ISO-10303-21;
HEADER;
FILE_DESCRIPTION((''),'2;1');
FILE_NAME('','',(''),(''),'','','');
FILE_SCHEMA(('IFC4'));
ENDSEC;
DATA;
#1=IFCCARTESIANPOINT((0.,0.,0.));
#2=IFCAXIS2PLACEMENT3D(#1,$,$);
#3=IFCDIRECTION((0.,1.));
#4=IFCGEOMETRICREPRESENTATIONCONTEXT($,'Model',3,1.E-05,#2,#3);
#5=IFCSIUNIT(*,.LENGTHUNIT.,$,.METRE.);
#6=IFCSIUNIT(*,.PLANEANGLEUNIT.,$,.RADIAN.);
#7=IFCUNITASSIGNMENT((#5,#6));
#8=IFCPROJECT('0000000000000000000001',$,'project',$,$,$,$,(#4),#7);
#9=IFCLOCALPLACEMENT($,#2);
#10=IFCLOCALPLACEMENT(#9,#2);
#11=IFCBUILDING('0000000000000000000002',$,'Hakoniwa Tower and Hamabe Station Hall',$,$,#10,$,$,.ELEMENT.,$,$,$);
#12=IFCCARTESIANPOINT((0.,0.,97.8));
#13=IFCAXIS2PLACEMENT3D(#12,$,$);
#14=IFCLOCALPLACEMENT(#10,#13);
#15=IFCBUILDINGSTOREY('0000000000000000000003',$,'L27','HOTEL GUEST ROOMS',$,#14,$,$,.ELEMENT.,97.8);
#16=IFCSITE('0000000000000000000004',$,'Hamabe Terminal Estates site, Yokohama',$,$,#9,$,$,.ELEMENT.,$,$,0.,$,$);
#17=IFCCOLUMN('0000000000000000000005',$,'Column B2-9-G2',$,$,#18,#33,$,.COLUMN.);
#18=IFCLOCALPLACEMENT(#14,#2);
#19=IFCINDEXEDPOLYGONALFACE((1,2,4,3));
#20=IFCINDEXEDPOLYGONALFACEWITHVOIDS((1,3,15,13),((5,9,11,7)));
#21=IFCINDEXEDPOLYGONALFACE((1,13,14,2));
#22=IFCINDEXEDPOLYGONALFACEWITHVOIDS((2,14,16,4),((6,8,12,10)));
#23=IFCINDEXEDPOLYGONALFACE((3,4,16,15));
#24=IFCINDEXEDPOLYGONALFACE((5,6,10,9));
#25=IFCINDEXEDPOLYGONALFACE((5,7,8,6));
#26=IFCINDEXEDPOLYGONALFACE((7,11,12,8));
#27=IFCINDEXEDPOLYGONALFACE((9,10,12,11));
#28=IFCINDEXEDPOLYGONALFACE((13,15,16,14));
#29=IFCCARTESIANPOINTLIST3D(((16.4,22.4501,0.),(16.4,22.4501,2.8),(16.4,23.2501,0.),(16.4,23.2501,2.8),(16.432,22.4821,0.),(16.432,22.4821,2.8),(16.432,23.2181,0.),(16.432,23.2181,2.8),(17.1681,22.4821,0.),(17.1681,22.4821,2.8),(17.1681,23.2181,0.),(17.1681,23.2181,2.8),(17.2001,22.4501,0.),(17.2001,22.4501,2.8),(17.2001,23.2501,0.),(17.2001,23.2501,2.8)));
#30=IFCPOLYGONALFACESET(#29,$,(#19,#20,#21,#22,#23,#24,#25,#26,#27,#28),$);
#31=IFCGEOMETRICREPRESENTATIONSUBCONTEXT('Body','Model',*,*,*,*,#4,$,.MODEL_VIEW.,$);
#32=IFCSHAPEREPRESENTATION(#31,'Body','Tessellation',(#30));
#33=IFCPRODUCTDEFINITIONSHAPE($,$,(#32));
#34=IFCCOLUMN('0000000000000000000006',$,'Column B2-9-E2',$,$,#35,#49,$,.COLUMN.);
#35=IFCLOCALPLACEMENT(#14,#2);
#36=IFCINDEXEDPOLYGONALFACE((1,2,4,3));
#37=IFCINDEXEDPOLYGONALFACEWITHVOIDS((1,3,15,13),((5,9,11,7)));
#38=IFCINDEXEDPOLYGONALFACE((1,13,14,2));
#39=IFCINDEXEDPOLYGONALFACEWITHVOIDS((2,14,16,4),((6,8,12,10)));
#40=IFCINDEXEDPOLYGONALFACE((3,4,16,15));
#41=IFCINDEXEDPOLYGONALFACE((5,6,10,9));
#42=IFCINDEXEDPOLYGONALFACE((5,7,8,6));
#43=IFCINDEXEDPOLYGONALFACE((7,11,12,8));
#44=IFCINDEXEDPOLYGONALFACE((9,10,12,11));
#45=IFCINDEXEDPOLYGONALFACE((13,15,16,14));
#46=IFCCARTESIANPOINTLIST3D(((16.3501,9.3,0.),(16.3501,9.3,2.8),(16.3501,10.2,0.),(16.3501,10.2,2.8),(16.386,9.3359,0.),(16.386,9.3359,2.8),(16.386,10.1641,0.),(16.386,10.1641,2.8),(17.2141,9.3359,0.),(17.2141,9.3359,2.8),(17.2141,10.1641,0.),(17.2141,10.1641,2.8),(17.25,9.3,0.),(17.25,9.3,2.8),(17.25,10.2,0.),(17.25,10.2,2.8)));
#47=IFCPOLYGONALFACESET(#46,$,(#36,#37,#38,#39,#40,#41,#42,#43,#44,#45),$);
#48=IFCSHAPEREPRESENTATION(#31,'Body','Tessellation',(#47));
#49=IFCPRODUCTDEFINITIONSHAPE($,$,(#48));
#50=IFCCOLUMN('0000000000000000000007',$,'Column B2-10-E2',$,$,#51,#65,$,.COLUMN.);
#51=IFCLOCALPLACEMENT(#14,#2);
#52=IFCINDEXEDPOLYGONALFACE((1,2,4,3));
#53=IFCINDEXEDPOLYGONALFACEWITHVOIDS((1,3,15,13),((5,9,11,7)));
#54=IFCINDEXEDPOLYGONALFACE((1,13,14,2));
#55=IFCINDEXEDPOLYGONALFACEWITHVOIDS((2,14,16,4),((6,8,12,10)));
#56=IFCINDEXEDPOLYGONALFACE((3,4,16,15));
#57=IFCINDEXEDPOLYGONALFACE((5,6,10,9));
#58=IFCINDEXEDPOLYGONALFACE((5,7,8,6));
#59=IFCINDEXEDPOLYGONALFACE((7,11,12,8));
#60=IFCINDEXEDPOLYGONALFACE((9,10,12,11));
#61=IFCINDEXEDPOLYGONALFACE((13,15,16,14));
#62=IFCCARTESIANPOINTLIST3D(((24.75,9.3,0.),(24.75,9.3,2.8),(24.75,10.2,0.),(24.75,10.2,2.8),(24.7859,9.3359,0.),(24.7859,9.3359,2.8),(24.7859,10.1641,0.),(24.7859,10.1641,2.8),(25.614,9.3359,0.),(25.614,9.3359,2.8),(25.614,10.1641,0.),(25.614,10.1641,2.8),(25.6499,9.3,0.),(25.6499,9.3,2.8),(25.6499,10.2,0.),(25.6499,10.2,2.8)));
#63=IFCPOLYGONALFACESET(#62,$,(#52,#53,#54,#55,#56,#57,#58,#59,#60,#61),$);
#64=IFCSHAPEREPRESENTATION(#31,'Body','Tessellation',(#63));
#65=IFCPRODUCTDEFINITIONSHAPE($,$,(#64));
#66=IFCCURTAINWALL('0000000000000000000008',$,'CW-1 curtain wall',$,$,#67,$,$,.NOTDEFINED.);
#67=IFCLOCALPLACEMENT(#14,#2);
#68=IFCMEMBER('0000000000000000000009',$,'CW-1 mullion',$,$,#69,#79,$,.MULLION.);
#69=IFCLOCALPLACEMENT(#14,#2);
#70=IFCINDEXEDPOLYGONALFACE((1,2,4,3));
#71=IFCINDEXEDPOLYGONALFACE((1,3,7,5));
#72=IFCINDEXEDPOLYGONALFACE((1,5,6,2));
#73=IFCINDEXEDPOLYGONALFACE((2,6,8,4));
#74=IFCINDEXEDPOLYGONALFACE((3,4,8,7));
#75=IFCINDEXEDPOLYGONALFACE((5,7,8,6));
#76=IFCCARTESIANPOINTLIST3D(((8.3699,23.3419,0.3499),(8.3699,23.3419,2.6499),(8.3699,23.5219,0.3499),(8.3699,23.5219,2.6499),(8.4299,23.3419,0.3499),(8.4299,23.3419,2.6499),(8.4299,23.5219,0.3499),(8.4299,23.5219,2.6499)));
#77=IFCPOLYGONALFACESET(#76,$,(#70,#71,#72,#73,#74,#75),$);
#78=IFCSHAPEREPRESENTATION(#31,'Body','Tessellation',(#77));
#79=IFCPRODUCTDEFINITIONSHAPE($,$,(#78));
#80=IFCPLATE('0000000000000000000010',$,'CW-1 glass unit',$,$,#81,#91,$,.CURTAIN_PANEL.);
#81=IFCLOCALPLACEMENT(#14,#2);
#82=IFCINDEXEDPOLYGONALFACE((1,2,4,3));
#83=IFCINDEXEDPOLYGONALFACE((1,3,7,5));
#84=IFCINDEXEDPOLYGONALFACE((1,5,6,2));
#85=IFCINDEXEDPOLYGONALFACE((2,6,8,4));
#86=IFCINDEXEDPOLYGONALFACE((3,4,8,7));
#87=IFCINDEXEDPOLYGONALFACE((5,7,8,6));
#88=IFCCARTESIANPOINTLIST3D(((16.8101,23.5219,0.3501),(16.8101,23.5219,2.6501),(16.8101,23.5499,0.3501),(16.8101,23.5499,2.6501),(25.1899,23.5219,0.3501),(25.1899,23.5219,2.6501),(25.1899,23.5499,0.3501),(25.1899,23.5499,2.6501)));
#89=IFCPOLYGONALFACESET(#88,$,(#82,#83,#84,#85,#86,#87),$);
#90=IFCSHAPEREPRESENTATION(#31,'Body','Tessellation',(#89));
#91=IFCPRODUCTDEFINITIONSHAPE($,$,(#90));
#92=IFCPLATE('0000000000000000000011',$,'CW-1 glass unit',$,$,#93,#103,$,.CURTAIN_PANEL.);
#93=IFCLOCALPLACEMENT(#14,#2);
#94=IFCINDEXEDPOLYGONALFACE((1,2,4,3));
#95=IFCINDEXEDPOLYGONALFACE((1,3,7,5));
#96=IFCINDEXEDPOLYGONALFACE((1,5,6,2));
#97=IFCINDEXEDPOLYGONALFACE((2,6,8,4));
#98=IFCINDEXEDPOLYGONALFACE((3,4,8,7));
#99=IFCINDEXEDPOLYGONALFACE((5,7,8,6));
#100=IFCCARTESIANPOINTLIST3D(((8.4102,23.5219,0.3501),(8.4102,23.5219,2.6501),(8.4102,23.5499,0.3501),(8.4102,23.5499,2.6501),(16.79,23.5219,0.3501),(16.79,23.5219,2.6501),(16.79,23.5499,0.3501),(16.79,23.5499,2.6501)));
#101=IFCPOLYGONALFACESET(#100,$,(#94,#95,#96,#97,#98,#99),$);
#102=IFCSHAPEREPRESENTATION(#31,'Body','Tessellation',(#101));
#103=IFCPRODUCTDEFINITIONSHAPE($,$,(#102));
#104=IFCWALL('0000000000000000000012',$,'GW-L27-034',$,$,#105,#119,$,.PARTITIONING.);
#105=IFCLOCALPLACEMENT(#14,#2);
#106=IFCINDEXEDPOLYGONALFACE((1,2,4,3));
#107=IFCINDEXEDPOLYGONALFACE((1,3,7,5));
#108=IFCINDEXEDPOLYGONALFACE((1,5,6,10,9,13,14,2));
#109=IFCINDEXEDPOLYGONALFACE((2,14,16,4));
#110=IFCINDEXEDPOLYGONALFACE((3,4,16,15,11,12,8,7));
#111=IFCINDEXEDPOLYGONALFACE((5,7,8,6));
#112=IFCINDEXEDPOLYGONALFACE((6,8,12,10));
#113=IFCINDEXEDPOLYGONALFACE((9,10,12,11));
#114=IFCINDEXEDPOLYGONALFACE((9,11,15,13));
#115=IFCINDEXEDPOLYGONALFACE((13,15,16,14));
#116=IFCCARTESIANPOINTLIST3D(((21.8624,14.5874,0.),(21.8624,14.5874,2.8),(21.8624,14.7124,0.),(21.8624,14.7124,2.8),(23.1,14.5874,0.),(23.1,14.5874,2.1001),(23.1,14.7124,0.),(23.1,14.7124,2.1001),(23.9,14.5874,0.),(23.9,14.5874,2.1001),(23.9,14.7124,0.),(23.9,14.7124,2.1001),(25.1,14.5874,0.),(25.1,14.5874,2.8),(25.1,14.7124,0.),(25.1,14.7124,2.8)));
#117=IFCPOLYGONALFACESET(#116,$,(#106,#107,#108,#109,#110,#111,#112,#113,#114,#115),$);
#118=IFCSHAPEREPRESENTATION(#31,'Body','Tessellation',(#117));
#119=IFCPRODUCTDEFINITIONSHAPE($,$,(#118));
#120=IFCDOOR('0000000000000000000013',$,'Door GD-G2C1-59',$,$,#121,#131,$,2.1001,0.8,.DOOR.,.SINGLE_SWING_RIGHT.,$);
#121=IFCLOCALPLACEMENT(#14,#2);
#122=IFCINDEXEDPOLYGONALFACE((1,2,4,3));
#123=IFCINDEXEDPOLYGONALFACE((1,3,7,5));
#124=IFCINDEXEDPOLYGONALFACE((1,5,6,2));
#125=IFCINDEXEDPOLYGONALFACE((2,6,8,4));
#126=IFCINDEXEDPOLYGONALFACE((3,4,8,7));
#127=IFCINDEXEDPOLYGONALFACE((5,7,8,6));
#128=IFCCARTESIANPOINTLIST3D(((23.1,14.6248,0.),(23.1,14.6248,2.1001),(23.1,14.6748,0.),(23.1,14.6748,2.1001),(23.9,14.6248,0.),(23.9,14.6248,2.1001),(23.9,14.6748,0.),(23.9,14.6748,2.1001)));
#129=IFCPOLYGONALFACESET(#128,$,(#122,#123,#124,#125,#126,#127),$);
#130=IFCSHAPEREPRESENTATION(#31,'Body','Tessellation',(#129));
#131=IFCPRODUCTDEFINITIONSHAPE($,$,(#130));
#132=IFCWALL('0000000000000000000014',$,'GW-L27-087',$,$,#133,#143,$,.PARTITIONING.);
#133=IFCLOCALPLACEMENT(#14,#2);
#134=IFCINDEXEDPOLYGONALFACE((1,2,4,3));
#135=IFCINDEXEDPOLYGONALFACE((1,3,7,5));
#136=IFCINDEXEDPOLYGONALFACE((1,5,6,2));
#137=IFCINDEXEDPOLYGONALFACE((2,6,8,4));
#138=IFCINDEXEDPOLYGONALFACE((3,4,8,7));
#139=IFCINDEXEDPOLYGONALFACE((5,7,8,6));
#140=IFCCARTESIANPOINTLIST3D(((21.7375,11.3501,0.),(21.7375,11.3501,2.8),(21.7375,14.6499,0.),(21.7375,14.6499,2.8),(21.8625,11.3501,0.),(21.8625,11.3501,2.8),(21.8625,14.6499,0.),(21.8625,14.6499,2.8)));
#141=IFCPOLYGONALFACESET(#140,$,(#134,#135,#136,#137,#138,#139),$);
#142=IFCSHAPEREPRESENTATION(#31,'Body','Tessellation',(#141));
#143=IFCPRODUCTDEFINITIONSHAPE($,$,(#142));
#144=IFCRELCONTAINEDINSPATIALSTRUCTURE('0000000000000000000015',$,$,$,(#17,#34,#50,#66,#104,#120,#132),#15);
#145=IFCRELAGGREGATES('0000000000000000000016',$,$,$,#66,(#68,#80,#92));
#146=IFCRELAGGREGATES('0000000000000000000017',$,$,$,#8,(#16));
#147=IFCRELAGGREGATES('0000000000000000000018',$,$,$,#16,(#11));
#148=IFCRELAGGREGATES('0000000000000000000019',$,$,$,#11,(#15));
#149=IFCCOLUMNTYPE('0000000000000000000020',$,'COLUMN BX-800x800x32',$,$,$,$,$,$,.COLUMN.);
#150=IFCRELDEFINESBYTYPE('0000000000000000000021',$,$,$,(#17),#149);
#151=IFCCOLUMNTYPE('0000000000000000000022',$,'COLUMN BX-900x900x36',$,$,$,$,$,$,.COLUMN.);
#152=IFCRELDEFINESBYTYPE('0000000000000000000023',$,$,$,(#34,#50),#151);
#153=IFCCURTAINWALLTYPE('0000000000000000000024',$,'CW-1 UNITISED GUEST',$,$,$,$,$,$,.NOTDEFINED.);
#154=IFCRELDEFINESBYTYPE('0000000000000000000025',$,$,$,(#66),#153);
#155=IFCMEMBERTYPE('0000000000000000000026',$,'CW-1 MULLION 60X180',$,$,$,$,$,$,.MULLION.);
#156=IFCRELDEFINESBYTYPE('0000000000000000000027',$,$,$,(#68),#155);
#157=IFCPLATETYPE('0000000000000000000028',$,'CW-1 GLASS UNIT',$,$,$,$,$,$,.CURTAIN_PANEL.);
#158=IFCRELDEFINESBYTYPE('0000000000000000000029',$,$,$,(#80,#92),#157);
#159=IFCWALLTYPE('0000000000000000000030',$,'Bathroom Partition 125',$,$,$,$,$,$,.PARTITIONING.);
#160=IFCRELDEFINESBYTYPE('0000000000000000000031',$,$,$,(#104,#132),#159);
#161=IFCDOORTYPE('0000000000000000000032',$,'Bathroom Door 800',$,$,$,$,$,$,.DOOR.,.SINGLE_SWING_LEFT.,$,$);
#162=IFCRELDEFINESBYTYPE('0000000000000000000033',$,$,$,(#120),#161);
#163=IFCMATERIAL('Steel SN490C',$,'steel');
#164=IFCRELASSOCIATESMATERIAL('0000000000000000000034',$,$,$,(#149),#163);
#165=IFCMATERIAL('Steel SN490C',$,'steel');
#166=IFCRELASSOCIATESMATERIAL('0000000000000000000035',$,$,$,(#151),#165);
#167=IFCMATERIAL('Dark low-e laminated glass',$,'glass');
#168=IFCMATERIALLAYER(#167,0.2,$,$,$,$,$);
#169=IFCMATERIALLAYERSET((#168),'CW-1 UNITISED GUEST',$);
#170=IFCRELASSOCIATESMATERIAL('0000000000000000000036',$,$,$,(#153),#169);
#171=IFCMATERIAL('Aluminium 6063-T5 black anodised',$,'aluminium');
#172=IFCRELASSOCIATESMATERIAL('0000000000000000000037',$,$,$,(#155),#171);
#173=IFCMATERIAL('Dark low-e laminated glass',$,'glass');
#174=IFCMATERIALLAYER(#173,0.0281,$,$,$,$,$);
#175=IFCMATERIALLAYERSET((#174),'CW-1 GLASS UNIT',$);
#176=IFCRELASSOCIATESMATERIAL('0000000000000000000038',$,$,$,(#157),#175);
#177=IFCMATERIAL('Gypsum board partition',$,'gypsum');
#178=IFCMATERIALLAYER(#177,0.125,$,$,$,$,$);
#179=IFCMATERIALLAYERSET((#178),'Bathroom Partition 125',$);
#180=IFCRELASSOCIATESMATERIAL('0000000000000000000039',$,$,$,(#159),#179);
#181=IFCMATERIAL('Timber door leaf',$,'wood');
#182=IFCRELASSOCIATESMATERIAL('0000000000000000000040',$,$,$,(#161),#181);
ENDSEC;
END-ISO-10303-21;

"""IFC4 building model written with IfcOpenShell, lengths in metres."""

from ifc_helpers import new_model, si_unit, direction, frame, frame_2d, origin, origin_2d, place, context, subcontext, project, spatial, rectangle, hollow_rectangle, extrude, material, layer, layer_set, material_profile, profile_set, type_object, element, fill, aggregate, save


model = new_model("IFC4")

# Units and contexts
model_context = context("Model", 3, precision=1e-05, world=origin(), true_north=direction((0.0, 1.0)))
body_context = subcontext(model_context, "Body", "Model", "MODEL_VIEW")
ifc_project = project(units=[si_unit("LENGTHUNIT", "METRE"), si_unit("PLANEANGLEUNIT", "RADIAN")], contexts=[model_context])

# Site, building, storey
site_placement = place(None, origin())
site = spatial("IfcSite", under=ifc_project, at=site_placement, Name="Hamabe Terminal Estates site, Yokohama", CompositionType="ELEMENT", RefElevation=0.0)
building_placement = place(site_placement, origin())
building = spatial("IfcBuilding", under=site, at=building_placement, Name="Hakoniwa Tower and Hamabe Station Hall", CompositionType="ELEMENT")
storey_placement = place(building_placement, frame((0.0, 0.0, 97.8)))
storey = spatial("IfcBuildingStorey", under=building, at=storey_placement, Name="L27", Description="HOTEL GUEST ROOMS", CompositionType="ELEMENT", Elevation=97.8)

# Columns
ifc_material_1 = material(Name="Steel SN490C", Category="steel")
ifc_material_profile_1 = material_profile(ifc_material_1, hollow_rectangle(XDim=0.8, YDim=0.8, WallThickness=0.032, at=origin_2d()), Name="BX-800x800x32")
ifc_profile_set_1 = profile_set([ifc_material_profile_1], Name="Steel SN490C")
column_type_1 = type_object("IfcColumnType", Name="COLUMN BX-800x800x32", PredefinedType="COLUMN", material=ifc_profile_set_1)
column_placement = place(storey_placement, frame((16.8, 22.8501, 0.0), z_axis=(0.0, 0.0, 1.0), x_axis=(1.0, 0.0, 0.0)))
element("IfcColumn", 1, at=column_placement, inside=storey, type_object=column_type_1, Name="Column B2-9-G2", PredefinedType="COLUMN", context=body_context, shape_type="SweptSolid", body=[
    extrude(hollow_rectangle(XDim=0.8, YDim=0.8, WallThickness=0.032, at=origin_2d()), origin(), (0.0, 0.0, 1.0), 2.8),
])
ifc_material_2 = material(Name="Steel SN490C", Category="steel")
ifc_material_profile_2 = material_profile(ifc_material_2, hollow_rectangle(XDim=0.8999, YDim=0.8999, WallThickness=0.0359, at=origin_2d()), Name="BX-900x900x36")
ifc_profile_set_2 = profile_set([ifc_material_profile_2], Name="Steel SN490C")
column_type_2 = type_object("IfcColumnType", Name="COLUMN BX-900x900x36", PredefinedType="COLUMN", material=ifc_profile_set_2)
for number, where, z_axis, x_axis, name in (
    (2, (16.8, 9.75, 0.0), (0.0, 0.0, 1.0), (1.0, 0.0, 0.0), "Column B2-9-E2"),
    (3, (25.2, 9.75, 0.0), (0.0, 0.0, 1.0), (1.0, 0.0, 0.0), "Column B2-10-E2"),
):
    element("IfcColumn", number, at=place(storey_placement, frame(where, z_axis=z_axis, x_axis=x_axis)), inside=storey, type_object=column_type_2, Name=name, PredefinedType="COLUMN", context=body_context, shape_type="SweptSolid", body=[
        extrude(hollow_rectangle(XDim=0.8999, YDim=0.8999, WallThickness=0.0359, at=origin_2d()), origin(), (0.0, 0.0, 1.0), 2.8),
    ])

# Curtain wall, member, plates
ifc_material_3 = material(Name="Dark low-e laminated glass", Category="glass")
ifc_layer_1 = layer(ifc_material_3, 0.2)
ifc_layer_set_1 = layer_set([ifc_layer_1], Name="CW-1 UNITISED GUEST")
curtain_wall_type = type_object("IfcCurtainWallType", Name="CW-1 UNITISED GUEST", PredefinedType="NOTDEFINED", material=ifc_layer_set_1)
curtain_wall_placement = place(storey_placement, origin())
curtain_wall = element("IfcCurtainWall", 4, at=curtain_wall_placement, inside=storey, type_object=curtain_wall_type, Name="CW-1 curtain wall", PredefinedType="NOTDEFINED")
ifc_material_4 = material(Name="Aluminium 6063-T5 black anodised", Category="aluminium")
ifc_material_profile_3 = material_profile(ifc_material_4, rectangle(XDim=0.0601, YDim=0.1799, at=origin_2d()), Name="CW-1 MULLION 60X180")
ifc_profile_set_3 = profile_set([ifc_material_profile_3], Name="Aluminium 6063-T5 black anodised")
member_type = type_object("IfcMemberType", Name="CW-1 MULLION 60X180", PredefinedType="MULLION", material=ifc_profile_set_3)
member_placement = place(storey_placement, frame((8.3999, 23.4319, 0.3499), z_axis=(0.0, 0.0, 1.0), x_axis=(-1.0, 0.0, 0.0)))
member = element("IfcMember", 5, at=member_placement, type_object=member_type, Name="CW-1 mullion", PredefinedType="MULLION", context=body_context, shape_type="SweptSolid", body=[
    extrude(rectangle(XDim=0.0601, YDim=0.1799, at=origin_2d()), origin(), (0.0, 0.0, 1.0), 2.3),
])
ifc_material_5 = material(Name="Dark low-e laminated glass", Category="glass")
ifc_layer_2 = layer(ifc_material_5, 0.0281)
ifc_layer_set_2 = layer_set([ifc_layer_2], Name="CW-1 GLASS UNIT")
plate_type = type_object("IfcPlateType", Name="CW-1 GLASS UNIT", PredefinedType="CURTAIN_PANEL", material=ifc_layer_set_2)
plate_1_placement = place(storey_placement, frame((21.0, 23.5359, 0.3501), z_axis=(0.0, 0.0, 1.0), x_axis=(-1.0, 0.0, 0.0)))
plate_1 = element("IfcPlate", 6, at=plate_1_placement, type_object=plate_type, Name="CW-1 glass unit", PredefinedType="CURTAIN_PANEL", context=body_context, shape_type="SweptSolid", body=[
    extrude(rectangle(XDim=8.3799, YDim=0.0281, at=origin_2d()), origin(), (0.0, 0.0, 1.0), 2.3),
])
plate_2_placement = place(storey_placement, frame((12.6001, 23.5359, 0.3501), z_axis=(0.0, 0.0, 1.0), x_axis=(-1.0, 0.0, 0.0)))
plate_2 = element("IfcPlate", 7, at=plate_2_placement, type_object=plate_type, Name="CW-1 glass unit", PredefinedType="CURTAIN_PANEL", context=body_context, shape_type="SweptSolid", body=[
    extrude(rectangle(XDim=8.3799, YDim=0.0281, at=origin_2d()), origin(), (0.0, 0.0, 1.0), 2.3),
])
aggregate(curtain_wall, [member, plate_1, plate_2])

# Wall, opening, door
ifc_material_6 = material(Name="Gypsum board partition", Category="gypsum")
ifc_layer_3 = layer(ifc_material_6, 0.125)
ifc_layer_set_3 = layer_set([ifc_layer_3], Name="Bathroom Partition 125")
wall_type_1 = type_object("IfcWallType", Name="Bathroom Partition 125", PredefinedType="PARTITIONING", material=ifc_layer_set_3)
wall_1_placement = place(storey_placement, frame((21.8625, 14.6499, 0.0), z_axis=(0.0, 0.0, 1.0), x_axis=(1.0, 0.0, 0.0)))
wall_1 = element("IfcWall", 8, at=wall_1_placement, inside=storey, type_object=wall_type_1, Name="GW-L27-034", PredefinedType="PARTITIONING", context=body_context, shape_type="SweptSolid", body=[
    extrude(rectangle(XDim=3.2375, YDim=0.125, at=frame_2d((1.6187, 0.0))), origin(), (0.0, 0.0, 1.0), 2.8),
])
opening_1_placement = place(wall_1_placement, frame((1.2375, 0.0, 0.0)))
opening_1 = element("IfcOpeningElement", 9, at=opening_1_placement, cuts=wall_1, PredefinedType="OPENING", context=body_context, shape_type="SweptSolid", body=[
    extrude(rectangle(XDim=0.8, YDim=2.1001, at=frame_2d((0.3999, 1.05))), frame((0.0, 0.0725, 0.0), z_axis=(0.0, -1.0, 0.0), x_axis=(1.0, 0.0, 0.0)), (0.0, 0.0, 1.0), 0.145),
])
ifc_material_7 = material(Name="Timber door leaf", Category="wood")
door_type_1 = type_object("IfcDoorType", Name="Bathroom Door 800", OperationType="SINGLE_SWING_LEFT", PredefinedType="DOOR", material=ifc_material_7)
door_1_placement = place(opening_1_placement, origin())
door_1 = element("IfcDoor", 10, at=door_1_placement, inside=storey, type_object=door_type_1, Name="Door GD-G2C1-59", OperationType="SINGLE_SWING_RIGHT", OverallHeight=2.1001, OverallWidth=0.8, PredefinedType="DOOR", context=body_context, shape_type="SweptSolid", body=[
    extrude(rectangle(XDim=0.8, YDim=2.1001, at=frame_2d((0.3999, 1.05))), frame((0.0, 0.0249, 0.0), z_axis=(0.0, -1.0, 0.0), x_axis=(1.0, 0.0, 0.0)), (0.0, 0.0, 1.0), 0.05),
])
fill(opening_1, door_1)

# Wall
wall_2_placement = place(storey_placement, frame((21.8, 11.3501, 0.0), z_axis=(0.0, 0.0, 1.0), x_axis=(0.0, 1.0, 0.0)))
element("IfcWall", 11, at=wall_2_placement, inside=storey, type_object=wall_type_1, Name="GW-L27-087", PredefinedType="PARTITIONING", context=body_context, shape_type="SweptSolid", body=[
    extrude(rectangle(XDim=3.2998, YDim=0.125, at=frame_2d((1.6499, 0.0))), origin(), (0.0, 0.0, 1.0), 2.8),
])

save(model, "model.ifc")
